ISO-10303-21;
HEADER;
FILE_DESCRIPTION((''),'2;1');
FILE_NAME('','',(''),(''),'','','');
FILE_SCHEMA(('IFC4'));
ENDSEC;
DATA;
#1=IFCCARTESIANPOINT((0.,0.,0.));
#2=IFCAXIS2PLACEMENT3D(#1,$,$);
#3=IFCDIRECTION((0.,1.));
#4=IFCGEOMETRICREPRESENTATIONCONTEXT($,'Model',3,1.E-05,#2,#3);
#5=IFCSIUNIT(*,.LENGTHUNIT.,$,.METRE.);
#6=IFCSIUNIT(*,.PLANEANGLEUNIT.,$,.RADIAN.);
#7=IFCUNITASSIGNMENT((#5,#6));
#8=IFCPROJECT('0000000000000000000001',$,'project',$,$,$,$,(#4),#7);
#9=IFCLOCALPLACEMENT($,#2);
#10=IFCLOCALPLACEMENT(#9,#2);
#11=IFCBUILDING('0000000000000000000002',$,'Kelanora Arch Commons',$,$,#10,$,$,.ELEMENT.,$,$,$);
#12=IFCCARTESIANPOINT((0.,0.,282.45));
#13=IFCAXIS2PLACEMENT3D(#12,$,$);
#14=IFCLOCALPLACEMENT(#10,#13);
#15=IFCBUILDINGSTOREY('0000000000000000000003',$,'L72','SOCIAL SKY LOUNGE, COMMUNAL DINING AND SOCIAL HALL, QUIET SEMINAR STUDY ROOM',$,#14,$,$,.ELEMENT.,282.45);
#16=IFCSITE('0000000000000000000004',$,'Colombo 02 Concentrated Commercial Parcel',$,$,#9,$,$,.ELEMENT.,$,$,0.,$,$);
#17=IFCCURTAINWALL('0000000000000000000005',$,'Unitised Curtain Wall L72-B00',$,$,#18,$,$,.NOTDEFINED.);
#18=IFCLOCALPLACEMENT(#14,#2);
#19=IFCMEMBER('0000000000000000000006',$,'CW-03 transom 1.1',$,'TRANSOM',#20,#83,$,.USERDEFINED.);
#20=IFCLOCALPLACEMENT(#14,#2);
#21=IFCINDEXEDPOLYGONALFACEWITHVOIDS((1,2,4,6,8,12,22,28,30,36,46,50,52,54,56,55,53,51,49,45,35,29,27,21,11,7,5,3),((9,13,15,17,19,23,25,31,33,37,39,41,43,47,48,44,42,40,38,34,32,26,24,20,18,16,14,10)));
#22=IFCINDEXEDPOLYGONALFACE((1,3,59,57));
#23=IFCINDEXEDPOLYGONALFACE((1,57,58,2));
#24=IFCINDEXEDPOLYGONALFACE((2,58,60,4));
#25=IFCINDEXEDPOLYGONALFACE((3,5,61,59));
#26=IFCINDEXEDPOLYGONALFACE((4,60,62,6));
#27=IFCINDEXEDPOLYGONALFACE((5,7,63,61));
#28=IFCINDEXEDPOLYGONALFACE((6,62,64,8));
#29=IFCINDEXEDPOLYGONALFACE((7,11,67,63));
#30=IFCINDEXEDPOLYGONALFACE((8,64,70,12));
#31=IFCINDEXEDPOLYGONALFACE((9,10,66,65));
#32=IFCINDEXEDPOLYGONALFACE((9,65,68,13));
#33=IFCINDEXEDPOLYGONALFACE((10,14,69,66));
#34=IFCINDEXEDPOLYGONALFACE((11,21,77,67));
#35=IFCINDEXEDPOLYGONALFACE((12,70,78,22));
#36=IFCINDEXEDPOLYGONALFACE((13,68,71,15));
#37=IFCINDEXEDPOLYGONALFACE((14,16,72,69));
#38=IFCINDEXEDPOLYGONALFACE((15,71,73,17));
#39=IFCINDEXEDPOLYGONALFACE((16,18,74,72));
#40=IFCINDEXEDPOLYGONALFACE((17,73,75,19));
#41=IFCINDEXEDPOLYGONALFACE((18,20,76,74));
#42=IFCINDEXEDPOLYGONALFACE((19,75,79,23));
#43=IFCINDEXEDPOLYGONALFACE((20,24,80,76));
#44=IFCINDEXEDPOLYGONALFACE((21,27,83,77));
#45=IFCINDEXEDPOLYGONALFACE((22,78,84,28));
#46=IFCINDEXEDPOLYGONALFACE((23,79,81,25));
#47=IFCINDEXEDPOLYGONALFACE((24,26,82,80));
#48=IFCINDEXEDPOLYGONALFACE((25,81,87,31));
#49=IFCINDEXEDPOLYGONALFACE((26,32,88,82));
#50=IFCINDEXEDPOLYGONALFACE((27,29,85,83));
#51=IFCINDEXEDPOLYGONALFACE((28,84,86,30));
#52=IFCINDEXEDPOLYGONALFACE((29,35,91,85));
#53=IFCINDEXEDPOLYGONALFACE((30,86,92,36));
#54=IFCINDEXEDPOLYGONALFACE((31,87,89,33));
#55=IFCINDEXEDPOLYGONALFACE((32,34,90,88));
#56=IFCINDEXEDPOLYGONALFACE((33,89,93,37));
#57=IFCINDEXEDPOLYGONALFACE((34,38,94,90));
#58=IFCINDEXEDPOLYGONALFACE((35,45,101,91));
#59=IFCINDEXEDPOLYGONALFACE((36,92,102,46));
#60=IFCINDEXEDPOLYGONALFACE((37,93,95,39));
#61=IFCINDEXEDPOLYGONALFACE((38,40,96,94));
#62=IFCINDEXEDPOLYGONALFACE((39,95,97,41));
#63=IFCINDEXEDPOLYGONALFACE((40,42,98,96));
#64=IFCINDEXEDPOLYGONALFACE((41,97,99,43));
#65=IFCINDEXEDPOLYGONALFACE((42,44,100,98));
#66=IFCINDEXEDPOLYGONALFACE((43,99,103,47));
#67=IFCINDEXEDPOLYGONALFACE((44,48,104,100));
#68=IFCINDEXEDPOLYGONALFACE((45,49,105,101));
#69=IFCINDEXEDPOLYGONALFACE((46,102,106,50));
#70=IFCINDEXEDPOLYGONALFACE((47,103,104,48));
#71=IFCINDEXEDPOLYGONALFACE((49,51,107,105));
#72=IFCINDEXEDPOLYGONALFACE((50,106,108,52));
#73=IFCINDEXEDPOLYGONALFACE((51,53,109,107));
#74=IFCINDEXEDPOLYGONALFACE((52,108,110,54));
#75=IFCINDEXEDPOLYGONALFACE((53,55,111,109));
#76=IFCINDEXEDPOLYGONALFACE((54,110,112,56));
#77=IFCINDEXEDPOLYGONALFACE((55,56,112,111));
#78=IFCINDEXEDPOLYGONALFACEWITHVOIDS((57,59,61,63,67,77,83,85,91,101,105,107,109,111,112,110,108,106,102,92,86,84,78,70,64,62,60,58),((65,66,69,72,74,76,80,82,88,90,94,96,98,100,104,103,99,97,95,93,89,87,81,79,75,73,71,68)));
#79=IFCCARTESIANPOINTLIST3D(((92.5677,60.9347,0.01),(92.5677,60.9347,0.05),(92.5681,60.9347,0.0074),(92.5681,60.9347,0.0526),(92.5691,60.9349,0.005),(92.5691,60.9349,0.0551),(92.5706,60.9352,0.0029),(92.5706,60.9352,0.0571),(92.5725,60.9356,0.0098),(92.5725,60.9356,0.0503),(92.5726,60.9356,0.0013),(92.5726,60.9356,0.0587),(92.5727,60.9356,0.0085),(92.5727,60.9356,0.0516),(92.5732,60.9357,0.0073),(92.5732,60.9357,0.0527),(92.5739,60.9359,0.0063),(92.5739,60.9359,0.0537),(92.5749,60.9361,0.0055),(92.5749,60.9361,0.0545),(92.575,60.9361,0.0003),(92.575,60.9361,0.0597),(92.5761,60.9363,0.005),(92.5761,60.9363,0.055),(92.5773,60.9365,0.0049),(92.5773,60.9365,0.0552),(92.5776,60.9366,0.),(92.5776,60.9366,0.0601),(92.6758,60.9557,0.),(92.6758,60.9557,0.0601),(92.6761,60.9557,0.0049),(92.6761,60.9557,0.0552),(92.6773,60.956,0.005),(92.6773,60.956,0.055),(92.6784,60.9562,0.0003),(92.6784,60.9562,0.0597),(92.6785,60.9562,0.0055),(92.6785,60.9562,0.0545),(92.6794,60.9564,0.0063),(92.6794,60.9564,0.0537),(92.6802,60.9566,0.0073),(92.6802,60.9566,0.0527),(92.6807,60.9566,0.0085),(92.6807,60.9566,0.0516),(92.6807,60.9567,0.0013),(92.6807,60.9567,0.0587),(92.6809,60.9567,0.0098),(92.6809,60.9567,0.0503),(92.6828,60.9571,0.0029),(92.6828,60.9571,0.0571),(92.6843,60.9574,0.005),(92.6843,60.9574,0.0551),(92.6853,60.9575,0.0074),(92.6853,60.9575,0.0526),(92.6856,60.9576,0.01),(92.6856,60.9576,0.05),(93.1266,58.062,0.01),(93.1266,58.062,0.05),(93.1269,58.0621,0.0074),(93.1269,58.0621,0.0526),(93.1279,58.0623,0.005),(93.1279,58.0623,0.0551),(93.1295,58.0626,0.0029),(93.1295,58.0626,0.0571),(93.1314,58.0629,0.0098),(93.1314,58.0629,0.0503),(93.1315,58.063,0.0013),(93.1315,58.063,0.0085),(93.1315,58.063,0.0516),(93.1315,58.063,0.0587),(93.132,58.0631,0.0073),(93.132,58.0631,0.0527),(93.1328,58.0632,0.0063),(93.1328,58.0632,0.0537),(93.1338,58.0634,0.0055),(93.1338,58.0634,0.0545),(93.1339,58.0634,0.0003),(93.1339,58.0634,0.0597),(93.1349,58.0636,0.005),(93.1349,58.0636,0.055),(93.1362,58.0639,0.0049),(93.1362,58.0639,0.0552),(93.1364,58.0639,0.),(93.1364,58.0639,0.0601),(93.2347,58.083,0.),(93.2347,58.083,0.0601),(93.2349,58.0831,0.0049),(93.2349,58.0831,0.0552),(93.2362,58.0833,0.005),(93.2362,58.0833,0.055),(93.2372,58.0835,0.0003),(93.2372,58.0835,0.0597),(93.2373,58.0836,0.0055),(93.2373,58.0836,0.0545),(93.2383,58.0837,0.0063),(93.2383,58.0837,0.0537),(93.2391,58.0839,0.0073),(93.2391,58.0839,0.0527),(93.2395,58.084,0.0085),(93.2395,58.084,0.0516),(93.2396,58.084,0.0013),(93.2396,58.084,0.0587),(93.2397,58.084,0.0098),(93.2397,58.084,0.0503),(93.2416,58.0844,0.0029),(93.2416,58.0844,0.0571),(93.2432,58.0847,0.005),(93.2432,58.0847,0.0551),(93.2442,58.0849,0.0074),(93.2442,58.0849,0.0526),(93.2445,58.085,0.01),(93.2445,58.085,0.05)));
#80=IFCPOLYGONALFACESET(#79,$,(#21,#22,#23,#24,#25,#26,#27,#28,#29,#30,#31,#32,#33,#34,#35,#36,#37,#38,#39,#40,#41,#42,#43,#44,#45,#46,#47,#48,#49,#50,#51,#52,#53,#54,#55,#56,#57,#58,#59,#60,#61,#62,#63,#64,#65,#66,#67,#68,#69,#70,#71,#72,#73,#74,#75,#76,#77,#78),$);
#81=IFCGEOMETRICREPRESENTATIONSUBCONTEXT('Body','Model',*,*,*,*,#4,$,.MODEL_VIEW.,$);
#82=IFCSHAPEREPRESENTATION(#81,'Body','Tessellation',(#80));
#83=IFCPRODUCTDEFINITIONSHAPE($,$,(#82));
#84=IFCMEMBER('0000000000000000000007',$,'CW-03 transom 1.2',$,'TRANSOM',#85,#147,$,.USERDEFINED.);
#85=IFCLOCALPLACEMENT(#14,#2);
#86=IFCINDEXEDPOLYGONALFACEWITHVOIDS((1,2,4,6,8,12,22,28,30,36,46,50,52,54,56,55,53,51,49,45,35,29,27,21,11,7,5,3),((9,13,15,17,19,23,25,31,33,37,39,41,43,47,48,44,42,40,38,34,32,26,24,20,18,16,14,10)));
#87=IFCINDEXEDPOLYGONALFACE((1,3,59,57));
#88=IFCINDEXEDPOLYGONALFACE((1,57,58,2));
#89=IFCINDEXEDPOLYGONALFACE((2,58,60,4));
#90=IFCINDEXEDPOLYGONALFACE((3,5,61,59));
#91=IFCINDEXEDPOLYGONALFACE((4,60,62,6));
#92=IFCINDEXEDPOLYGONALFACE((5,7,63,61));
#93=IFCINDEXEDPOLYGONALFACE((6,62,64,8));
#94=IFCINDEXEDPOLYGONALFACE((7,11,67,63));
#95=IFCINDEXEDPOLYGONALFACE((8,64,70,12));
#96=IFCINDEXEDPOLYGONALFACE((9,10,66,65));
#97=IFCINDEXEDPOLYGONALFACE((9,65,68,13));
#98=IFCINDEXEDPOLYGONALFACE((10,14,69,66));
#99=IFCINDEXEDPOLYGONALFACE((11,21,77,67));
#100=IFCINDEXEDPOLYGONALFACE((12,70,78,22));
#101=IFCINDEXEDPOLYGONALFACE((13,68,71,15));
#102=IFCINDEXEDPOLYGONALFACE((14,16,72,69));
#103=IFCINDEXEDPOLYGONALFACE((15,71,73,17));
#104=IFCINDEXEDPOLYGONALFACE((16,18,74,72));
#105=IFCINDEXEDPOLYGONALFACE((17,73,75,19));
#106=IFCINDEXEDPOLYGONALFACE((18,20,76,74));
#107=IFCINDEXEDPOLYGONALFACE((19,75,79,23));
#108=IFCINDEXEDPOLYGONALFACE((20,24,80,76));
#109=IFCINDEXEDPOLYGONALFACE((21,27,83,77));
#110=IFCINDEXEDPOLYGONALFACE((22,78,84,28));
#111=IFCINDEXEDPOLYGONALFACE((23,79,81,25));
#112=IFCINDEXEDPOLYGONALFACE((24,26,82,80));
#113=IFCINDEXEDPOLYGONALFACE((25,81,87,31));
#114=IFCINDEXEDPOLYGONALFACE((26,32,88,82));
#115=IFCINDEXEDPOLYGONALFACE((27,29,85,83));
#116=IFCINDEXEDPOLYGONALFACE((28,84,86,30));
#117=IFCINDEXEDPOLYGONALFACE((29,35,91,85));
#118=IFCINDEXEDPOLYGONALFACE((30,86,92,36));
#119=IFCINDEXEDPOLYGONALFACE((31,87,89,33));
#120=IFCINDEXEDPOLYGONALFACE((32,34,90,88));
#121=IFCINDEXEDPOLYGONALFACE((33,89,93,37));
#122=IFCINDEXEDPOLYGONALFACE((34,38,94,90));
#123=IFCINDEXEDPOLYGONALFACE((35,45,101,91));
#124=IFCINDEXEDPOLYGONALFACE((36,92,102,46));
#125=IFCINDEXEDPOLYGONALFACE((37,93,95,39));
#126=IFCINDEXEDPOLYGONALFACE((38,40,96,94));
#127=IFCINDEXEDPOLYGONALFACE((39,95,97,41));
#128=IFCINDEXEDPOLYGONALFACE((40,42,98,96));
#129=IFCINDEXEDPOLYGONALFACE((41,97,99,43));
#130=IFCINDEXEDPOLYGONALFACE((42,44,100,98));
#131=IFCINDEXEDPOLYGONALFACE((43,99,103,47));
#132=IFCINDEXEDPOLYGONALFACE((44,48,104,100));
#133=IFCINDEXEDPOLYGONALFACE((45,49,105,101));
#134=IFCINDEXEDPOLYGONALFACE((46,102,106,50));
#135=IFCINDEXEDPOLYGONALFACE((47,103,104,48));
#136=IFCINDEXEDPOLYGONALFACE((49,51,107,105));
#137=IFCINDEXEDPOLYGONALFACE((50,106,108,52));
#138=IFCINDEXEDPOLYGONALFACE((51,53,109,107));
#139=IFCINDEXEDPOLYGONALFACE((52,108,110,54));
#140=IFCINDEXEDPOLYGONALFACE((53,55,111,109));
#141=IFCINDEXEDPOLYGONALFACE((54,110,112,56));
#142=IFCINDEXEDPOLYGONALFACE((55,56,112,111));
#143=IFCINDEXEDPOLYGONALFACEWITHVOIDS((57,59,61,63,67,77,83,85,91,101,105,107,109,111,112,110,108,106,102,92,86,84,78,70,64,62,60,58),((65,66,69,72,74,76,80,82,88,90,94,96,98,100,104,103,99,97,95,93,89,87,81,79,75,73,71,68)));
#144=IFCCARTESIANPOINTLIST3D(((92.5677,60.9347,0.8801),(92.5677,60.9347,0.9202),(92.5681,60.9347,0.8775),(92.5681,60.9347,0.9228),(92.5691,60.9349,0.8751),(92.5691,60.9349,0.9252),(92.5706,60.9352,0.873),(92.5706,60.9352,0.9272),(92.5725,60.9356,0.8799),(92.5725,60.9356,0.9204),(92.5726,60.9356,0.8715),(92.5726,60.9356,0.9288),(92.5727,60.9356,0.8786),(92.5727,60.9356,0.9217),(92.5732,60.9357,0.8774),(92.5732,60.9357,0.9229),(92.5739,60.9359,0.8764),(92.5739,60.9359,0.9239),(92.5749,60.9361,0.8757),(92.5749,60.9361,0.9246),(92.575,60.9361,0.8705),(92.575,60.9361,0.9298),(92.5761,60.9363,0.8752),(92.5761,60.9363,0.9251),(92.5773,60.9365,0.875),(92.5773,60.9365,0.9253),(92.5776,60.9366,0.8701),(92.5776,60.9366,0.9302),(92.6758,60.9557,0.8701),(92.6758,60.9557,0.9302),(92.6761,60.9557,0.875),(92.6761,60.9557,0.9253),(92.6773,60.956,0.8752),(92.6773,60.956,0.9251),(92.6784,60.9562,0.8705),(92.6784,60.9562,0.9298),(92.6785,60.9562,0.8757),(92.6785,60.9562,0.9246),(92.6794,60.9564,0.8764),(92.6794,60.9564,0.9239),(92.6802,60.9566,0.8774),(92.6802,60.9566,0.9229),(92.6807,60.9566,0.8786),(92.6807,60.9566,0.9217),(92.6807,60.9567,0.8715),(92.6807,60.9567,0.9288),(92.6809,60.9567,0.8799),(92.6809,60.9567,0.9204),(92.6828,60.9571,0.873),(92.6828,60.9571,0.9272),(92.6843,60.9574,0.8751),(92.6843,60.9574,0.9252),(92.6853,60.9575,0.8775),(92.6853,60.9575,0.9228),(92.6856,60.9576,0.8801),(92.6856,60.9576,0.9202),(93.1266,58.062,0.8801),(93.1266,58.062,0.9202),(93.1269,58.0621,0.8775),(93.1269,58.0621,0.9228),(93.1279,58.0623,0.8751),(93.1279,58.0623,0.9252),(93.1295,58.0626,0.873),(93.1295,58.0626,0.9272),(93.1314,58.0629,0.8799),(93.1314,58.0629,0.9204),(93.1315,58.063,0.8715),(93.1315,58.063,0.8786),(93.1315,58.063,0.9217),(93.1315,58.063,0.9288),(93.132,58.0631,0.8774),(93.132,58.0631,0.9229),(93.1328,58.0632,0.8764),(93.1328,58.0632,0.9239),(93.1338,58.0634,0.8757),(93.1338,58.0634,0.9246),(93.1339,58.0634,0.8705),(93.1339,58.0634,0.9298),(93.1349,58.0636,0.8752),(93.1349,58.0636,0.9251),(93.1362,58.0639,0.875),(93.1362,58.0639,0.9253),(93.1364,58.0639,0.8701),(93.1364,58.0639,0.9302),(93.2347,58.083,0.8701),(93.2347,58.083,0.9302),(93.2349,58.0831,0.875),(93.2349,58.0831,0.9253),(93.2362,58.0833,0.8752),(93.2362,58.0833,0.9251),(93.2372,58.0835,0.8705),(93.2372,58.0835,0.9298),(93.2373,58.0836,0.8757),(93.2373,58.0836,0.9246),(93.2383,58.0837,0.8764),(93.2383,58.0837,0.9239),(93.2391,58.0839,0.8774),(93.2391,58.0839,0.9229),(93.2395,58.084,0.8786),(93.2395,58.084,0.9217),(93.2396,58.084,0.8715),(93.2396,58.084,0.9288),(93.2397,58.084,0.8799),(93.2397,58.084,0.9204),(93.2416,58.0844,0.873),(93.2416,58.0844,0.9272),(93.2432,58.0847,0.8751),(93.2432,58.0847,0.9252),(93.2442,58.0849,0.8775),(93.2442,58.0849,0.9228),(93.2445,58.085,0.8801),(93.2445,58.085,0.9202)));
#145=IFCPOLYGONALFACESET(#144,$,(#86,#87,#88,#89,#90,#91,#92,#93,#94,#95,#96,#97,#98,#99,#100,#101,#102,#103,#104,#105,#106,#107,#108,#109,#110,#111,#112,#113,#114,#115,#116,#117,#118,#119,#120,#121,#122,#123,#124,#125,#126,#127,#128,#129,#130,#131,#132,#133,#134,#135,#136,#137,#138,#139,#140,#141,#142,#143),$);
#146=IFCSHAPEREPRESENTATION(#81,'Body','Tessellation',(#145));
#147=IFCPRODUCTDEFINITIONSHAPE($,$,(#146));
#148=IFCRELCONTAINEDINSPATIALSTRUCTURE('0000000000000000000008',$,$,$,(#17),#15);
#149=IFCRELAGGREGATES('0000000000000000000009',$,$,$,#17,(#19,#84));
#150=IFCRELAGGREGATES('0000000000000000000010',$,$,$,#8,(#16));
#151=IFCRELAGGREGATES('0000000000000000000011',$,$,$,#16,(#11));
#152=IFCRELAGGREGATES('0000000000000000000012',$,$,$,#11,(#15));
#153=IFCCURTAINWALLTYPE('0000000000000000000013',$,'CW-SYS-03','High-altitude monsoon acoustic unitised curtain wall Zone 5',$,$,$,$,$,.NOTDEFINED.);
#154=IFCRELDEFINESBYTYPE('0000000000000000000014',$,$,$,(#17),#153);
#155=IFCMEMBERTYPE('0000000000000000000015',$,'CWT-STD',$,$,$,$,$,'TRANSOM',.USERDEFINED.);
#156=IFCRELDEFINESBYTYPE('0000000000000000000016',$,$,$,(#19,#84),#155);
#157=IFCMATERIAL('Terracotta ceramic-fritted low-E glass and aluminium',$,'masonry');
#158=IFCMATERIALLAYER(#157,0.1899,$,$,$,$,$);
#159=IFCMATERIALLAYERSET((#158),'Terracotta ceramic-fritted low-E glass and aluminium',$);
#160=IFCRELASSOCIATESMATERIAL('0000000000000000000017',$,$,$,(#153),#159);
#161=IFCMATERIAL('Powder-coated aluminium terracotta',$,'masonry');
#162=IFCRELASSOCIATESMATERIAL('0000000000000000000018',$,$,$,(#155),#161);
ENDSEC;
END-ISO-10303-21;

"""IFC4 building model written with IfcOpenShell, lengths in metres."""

from ifc_helpers import new_model, si_unit, direction, frame, origin, origin_2d, place, context, subcontext, project, spatial, hollow_rectangle, extrude, material, layer, layer_set, material_profile, profile_set, type_object, element, aggregate, save


model = new_model("IFC4")

# Units and contexts
model_context = context("Model", 3, precision=1e-05, world=origin(), true_north=direction((0.0, 1.0)))
body_context = subcontext(model_context, "Body", "Model", "MODEL_VIEW")
ifc_project = project(units=[si_unit("LENGTHUNIT", "METRE"), si_unit("PLANEANGLEUNIT", "RADIAN")], contexts=[model_context])

# Site, building, storey
site_placement = place(None, origin())
site = spatial("IfcSite", under=ifc_project, at=site_placement, Name="Colombo 02 Concentrated Commercial Parcel", CompositionType="ELEMENT", RefElevation=0.0)
building_placement = place(site_placement, origin())
building = spatial("IfcBuilding", under=site, at=building_placement, Name="Kelanora Arch Commons", CompositionType="ELEMENT")
storey_placement = place(building_placement, frame((0.0, 0.0, 282.45)))
storey = spatial("IfcBuildingStorey", under=building, at=storey_placement, Name="L72", Description="SOCIAL SKY LOUNGE, COMMUNAL DINING AND SOCIAL HALL, QUIET SEMINAR STUDY ROOM", CompositionType="ELEMENT", Elevation=282.45)

# Curtain wall, members
ifc_material_1 = material(Name="Terracotta ceramic-fritted low-E glass and aluminium", Category="masonry")
ifc_layer_1 = layer(ifc_material_1, 0.1899)
ifc_layer_set_1 = layer_set([ifc_layer_1], Name="Terracotta ceramic-fritted low-E glass and aluminium")
curtain_wall_type = type_object("IfcCurtainWallType", Name="CW-SYS-03", Description="High-altitude monsoon acoustic unitised curtain wall Zone 5", PredefinedType="NOTDEFINED", material=ifc_layer_set_1)
curtain_wall_placement = place(storey_placement, origin())
curtain_wall = element("IfcCurtainWall", 1, at=curtain_wall_placement, inside=storey, type_object=curtain_wall_type, Name="Unitised Curtain Wall L72-B00", PredefinedType="NOTDEFINED")
ifc_material_2 = material(Name="Powder-coated aluminium terracotta", Category="masonry")
ifc_material_profile_1 = material_profile(ifc_material_2, hollow_rectangle(XDim=0.1201, YDim=0.0601, WallThickness=0.0049, InnerFilletRadius=0.0049, OuterFilletRadius=0.01, at=origin_2d()), Name="CWT120x60")
ifc_profile_set_1 = profile_set([ifc_material_profile_1], Name="Powder-coated aluminium terracotta")
member_type_1 = type_object("IfcMemberType", Name="CWT-STD", ElementType="TRANSOM", PredefinedType="USERDEFINED", material=ifc_profile_set_1)
member_1_placement = place(storey_placement, frame((93.1855, 58.0735, 0.03), z_axis=(-0.190963, 0.981597, 0.0), x_axis=(-0.981597, -0.190963, 0.0)))
member_1 = element("IfcMember", 2, at=member_1_placement, type_object=member_type_1, Name="CW-03 transom 1.1", ObjectType="TRANSOM", PredefinedType="USERDEFINED", context=body_context, shape_type="SweptSolid", body=[
    extrude(hollow_rectangle(XDim=0.1201, YDim=0.0601, WallThickness=0.0049, InnerFilletRadius=0.0049, OuterFilletRadius=0.01, at=origin_2d()), origin(), (0.0, 0.0, 1.0), 2.9265),
])
member_2_placement = place(storey_placement, frame((93.1855, 58.0735, 0.9001), z_axis=(-0.190963, 0.981597, 0.0), x_axis=(-0.981597, -0.190963, 0.0)))
member_2 = element("IfcMember", 3, at=member_2_placement, type_object=member_type_1, Name="CW-03 transom 1.2", ObjectType="TRANSOM", PredefinedType="USERDEFINED", context=body_context, shape_type="SweptSolid", body=[
    extrude(hollow_rectangle(XDim=0.1201, YDim=0.0601, WallThickness=0.0049, InnerFilletRadius=0.0049, OuterFilletRadius=0.01, at=origin_2d()), origin(), (0.0, 0.0, 1.0), 2.9265),
])
aggregate(curtain_wall, [member_1, member_2])

save(model, "model.ifc")
